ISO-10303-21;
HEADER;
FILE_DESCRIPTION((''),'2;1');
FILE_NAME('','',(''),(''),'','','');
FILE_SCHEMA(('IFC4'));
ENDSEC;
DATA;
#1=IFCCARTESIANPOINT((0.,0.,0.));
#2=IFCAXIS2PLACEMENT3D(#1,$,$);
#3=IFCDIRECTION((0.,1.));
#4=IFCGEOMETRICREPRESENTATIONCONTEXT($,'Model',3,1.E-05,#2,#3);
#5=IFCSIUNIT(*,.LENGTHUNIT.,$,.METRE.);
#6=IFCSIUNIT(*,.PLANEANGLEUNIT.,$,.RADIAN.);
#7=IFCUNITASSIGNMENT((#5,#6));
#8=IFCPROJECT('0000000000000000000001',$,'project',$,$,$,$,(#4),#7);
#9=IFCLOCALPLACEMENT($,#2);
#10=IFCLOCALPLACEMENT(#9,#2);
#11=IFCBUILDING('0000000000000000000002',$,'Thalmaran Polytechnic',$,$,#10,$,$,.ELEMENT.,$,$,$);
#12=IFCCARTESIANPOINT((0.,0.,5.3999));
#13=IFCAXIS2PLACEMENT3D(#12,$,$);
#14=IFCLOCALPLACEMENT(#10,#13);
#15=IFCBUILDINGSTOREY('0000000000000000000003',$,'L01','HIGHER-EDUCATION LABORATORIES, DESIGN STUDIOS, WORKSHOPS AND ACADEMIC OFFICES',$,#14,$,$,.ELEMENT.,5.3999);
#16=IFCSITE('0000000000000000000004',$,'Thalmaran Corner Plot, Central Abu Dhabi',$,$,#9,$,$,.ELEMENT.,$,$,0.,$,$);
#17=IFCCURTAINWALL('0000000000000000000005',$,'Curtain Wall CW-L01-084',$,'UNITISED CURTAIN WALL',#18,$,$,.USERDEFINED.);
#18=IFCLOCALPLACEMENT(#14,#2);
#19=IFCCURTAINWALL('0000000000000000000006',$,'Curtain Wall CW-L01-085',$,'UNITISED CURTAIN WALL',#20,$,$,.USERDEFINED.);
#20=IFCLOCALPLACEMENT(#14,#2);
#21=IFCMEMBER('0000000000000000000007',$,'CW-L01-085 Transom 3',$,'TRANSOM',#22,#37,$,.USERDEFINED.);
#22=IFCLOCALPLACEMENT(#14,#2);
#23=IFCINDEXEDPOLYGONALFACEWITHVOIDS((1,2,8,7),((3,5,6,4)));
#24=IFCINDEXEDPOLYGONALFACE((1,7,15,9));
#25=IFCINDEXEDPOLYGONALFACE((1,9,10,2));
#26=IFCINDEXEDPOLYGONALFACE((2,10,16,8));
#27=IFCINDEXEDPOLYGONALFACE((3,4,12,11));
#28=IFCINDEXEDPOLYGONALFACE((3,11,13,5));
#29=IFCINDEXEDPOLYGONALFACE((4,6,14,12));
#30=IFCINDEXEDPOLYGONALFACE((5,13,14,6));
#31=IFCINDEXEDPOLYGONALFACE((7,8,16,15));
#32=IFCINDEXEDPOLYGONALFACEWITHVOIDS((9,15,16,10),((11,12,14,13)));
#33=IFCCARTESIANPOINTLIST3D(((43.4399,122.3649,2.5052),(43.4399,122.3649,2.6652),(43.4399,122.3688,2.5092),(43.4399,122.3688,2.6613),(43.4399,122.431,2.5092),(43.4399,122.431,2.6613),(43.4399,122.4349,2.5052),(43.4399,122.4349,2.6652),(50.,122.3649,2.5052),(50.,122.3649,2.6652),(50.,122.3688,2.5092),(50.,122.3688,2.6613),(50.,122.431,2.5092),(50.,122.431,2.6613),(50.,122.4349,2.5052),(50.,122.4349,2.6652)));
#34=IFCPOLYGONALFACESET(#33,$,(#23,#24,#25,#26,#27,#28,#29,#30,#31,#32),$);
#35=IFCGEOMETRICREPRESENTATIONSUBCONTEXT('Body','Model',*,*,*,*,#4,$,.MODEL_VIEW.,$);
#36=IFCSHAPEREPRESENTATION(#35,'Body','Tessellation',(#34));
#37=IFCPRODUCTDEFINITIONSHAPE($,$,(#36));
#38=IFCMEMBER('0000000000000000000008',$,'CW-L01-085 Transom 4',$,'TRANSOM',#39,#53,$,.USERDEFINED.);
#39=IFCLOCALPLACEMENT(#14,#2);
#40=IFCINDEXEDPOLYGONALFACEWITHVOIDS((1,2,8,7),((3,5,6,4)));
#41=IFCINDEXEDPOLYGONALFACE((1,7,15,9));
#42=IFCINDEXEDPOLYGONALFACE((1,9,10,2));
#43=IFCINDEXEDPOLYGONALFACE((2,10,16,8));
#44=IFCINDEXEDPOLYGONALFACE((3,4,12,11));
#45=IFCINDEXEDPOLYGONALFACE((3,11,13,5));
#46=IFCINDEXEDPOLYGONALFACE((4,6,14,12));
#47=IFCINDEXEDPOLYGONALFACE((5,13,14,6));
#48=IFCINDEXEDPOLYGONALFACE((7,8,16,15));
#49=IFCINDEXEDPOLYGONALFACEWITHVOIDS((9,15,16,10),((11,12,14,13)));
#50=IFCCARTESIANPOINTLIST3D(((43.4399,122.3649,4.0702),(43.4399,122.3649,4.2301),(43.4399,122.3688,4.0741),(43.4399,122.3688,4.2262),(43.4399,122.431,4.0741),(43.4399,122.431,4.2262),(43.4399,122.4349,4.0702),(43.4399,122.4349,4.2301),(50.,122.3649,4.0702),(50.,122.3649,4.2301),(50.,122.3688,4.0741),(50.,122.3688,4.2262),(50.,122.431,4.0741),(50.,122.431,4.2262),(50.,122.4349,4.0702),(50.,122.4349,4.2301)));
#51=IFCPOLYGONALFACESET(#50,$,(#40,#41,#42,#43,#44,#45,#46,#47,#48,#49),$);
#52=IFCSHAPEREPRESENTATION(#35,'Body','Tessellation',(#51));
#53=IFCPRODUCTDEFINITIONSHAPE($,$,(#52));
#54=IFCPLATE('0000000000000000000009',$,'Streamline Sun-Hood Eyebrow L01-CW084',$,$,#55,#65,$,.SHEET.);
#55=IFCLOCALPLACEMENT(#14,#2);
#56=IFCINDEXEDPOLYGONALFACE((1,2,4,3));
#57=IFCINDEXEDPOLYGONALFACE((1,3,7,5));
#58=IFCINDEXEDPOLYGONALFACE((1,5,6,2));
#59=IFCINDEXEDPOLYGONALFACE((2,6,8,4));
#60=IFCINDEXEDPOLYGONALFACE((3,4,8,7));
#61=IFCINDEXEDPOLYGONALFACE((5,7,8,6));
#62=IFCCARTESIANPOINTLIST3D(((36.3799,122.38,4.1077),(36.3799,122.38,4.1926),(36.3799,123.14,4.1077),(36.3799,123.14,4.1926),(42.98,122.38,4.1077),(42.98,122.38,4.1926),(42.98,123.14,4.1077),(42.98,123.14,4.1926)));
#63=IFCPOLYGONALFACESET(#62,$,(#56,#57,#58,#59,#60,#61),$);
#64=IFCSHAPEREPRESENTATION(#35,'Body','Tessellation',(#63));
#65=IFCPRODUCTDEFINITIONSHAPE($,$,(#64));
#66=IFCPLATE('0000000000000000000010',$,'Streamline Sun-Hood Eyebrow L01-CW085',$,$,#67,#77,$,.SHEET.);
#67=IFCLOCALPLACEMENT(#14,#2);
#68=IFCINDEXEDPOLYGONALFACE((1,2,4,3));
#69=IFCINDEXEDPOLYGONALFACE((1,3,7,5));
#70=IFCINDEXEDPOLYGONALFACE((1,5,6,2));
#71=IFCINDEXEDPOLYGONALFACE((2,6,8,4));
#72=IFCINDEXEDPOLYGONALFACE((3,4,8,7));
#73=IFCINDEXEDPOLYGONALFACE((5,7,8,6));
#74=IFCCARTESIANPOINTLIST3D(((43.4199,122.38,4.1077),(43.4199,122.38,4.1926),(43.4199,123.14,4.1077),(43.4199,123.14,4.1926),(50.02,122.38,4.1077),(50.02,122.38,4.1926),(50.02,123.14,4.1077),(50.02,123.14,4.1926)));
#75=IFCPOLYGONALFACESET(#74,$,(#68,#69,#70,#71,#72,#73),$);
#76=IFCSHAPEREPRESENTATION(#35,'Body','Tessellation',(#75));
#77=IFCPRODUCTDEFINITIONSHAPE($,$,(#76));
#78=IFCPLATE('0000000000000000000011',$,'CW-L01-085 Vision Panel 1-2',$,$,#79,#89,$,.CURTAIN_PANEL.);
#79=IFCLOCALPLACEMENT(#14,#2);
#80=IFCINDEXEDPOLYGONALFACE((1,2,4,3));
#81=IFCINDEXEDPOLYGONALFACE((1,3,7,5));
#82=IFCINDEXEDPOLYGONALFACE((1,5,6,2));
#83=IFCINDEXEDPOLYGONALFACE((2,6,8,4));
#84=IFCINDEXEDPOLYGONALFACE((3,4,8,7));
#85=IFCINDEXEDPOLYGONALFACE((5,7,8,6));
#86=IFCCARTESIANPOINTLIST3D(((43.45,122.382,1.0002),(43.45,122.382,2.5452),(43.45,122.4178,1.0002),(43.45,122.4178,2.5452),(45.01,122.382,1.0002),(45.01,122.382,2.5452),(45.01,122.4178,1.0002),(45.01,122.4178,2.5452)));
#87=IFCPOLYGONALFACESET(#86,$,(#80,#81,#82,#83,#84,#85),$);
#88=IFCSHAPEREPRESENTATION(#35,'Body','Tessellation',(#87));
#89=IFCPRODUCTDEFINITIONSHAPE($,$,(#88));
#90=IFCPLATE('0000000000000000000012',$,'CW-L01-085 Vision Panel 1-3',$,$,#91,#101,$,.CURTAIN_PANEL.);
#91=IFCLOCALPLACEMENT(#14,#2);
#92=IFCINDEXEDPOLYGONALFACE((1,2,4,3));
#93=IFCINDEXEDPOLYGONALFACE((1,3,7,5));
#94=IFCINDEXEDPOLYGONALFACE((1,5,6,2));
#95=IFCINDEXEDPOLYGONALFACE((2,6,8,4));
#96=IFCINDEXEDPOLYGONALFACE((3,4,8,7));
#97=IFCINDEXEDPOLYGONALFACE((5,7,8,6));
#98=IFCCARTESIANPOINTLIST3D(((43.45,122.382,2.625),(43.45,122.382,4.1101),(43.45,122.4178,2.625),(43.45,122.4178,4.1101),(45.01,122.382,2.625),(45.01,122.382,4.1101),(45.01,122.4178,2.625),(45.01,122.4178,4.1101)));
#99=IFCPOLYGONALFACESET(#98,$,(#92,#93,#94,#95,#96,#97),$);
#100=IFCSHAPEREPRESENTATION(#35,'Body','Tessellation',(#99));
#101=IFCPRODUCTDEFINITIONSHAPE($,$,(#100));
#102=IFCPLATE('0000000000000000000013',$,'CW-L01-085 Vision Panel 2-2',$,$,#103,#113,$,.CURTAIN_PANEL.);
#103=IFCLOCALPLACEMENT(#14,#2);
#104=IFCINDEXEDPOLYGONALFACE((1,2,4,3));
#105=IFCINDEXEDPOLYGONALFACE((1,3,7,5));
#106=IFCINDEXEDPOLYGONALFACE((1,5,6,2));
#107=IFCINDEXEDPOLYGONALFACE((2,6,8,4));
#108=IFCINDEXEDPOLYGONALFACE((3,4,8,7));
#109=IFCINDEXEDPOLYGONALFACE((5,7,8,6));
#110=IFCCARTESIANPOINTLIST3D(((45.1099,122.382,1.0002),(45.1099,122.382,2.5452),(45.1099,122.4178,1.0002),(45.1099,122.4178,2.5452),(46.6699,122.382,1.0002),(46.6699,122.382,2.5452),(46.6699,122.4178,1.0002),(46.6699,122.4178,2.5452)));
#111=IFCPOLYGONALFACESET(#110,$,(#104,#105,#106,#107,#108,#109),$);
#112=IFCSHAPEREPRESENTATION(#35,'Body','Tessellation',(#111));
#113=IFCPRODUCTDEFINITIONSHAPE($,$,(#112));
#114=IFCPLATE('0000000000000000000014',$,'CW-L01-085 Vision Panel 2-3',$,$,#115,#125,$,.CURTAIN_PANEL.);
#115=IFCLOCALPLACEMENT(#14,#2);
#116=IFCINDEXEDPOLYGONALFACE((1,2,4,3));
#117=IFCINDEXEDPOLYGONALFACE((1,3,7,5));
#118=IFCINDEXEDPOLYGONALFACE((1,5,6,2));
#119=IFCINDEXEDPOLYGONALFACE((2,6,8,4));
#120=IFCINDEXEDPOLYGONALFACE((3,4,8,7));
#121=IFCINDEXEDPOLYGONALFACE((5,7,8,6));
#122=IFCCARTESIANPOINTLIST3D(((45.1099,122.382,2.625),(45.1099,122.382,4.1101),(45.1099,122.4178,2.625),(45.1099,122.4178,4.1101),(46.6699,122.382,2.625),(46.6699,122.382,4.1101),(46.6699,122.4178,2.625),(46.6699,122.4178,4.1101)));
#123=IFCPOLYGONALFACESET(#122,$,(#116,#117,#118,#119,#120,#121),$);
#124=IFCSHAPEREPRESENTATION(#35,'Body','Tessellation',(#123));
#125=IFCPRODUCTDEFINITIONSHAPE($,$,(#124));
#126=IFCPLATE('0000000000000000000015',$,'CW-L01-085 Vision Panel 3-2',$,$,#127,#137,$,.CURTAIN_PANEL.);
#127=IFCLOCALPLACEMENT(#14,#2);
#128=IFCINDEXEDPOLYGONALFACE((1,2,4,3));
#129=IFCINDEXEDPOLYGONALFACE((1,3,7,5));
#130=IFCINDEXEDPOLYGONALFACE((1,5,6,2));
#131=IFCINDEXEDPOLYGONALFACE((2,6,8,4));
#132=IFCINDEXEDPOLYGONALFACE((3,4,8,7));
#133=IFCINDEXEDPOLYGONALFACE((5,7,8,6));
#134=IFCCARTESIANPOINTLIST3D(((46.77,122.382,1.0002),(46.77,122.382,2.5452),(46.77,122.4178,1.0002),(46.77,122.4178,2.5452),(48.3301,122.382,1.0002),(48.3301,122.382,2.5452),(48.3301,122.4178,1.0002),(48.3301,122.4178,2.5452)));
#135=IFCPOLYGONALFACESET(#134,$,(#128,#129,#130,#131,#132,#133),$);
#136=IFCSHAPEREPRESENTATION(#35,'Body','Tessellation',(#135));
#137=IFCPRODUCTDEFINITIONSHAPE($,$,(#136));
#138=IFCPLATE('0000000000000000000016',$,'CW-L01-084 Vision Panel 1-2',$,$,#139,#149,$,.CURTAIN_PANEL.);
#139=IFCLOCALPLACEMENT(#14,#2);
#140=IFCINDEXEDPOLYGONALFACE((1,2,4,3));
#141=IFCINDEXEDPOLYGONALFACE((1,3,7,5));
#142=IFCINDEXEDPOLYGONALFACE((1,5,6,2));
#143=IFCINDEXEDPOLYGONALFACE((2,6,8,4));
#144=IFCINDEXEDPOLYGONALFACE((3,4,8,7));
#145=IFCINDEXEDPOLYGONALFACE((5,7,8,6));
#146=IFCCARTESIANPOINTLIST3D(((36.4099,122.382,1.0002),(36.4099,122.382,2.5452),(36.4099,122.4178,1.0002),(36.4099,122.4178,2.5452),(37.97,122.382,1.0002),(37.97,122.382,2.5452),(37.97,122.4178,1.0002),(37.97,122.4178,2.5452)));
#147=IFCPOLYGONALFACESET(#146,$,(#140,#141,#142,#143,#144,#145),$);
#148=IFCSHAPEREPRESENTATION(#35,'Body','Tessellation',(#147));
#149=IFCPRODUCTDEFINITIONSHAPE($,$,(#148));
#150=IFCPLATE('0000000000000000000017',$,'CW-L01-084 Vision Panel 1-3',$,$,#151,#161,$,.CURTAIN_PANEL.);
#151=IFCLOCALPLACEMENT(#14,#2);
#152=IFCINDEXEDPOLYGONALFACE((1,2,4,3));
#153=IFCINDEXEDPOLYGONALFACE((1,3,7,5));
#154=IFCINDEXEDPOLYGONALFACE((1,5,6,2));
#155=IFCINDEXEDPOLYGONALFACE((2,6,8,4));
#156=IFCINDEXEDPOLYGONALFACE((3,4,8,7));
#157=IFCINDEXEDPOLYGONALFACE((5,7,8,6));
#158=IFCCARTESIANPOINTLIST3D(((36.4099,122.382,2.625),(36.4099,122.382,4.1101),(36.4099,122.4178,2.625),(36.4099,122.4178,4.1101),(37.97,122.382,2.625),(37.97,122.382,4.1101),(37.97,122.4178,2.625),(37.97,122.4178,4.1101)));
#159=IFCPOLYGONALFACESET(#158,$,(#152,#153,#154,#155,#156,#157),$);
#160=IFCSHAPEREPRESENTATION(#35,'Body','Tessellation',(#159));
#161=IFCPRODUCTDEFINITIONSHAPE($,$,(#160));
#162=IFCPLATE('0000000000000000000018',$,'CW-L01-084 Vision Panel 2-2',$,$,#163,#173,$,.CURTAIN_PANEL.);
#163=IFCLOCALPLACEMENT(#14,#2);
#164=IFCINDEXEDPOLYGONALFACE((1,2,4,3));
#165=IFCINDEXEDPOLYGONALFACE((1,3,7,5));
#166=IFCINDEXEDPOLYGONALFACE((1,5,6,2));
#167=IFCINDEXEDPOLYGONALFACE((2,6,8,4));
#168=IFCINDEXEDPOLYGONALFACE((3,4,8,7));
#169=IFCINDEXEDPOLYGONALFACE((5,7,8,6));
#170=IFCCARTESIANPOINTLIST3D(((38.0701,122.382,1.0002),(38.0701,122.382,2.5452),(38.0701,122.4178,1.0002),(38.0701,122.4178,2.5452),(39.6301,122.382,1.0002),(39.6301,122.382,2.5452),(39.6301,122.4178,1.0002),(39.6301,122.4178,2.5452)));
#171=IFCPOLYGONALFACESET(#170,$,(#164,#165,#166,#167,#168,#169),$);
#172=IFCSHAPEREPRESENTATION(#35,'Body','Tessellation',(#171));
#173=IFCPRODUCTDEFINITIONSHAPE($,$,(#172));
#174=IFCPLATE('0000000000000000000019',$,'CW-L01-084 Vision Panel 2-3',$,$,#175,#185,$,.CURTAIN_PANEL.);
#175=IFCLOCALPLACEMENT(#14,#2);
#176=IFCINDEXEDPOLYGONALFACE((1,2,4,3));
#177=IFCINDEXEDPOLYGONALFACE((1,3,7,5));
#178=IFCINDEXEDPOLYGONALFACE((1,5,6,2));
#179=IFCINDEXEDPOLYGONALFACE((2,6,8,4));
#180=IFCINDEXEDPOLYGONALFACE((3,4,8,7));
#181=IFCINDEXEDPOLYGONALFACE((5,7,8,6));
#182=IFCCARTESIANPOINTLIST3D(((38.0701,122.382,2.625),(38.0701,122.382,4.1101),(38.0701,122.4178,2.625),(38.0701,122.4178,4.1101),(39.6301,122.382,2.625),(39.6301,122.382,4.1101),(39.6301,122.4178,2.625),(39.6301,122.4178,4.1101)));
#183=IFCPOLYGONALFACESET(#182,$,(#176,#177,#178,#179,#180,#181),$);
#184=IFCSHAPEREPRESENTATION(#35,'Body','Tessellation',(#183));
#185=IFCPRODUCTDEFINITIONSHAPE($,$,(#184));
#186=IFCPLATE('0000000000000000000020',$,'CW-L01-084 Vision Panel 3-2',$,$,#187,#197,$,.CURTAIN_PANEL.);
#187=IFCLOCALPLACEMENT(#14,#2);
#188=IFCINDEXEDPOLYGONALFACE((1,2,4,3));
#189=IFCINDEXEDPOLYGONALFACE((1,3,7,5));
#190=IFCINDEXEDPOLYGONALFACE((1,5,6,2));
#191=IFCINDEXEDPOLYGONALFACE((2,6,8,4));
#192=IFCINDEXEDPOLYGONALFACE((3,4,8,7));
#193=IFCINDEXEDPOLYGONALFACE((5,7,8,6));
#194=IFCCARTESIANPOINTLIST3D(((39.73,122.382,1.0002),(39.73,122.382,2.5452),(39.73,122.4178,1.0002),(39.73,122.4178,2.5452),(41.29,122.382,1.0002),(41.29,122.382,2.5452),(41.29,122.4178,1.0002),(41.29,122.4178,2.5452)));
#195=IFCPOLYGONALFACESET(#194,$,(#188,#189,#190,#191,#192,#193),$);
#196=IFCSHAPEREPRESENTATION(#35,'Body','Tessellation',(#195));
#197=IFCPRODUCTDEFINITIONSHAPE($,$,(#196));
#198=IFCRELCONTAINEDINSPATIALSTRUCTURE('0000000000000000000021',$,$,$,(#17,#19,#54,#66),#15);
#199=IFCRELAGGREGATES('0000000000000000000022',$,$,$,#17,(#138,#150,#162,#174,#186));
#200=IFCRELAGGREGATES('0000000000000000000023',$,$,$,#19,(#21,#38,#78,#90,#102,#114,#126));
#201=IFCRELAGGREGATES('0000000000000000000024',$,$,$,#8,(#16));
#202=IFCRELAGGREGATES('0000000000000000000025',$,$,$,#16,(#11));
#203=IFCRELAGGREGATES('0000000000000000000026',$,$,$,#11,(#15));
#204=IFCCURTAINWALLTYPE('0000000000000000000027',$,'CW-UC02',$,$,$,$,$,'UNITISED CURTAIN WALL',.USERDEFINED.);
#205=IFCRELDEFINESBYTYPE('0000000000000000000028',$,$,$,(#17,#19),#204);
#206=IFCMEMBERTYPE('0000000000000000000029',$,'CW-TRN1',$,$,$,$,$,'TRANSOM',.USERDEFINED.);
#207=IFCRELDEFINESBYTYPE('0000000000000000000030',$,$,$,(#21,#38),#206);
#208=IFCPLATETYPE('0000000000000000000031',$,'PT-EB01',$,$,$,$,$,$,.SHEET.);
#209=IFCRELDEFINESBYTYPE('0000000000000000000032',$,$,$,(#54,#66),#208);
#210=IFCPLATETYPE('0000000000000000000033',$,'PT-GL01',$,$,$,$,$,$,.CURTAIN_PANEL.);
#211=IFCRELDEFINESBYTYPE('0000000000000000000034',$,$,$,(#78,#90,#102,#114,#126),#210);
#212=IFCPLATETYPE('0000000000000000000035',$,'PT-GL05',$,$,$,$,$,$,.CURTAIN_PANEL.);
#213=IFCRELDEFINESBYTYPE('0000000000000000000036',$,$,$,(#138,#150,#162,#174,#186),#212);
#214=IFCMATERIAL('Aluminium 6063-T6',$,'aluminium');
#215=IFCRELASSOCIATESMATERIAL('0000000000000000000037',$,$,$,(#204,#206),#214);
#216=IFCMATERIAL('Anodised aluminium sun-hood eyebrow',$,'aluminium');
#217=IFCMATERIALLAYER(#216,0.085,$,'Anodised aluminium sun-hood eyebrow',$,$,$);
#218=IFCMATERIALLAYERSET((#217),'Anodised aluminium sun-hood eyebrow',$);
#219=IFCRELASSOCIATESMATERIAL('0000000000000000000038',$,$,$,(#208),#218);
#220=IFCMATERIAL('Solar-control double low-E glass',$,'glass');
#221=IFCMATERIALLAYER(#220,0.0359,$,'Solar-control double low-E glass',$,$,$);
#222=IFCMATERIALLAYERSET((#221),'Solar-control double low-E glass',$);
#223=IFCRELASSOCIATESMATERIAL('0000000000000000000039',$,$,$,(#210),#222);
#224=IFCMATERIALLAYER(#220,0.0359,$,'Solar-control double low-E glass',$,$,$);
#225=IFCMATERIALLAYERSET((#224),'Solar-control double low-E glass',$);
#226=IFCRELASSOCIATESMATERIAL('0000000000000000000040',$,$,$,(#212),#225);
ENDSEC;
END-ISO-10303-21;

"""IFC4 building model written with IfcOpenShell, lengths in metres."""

from ifc_helpers import new_model, si_unit, direction, frame, origin, origin_2d, place, context, subcontext, project, spatial, rectangle, hollow_rectangle, extrude, material, layer, layer_set, material_profile, profile_set, type_object, element, aggregate, save


model = new_model("IFC4")

# Units and contexts
model_context = context("Model", 3, precision=1e-05, world=origin(), true_north=direction((0.0, 1.0)))
body_context = subcontext(model_context, "Body", "Model", "MODEL_VIEW")
ifc_project = project(units=[si_unit("LENGTHUNIT", "METRE"), si_unit("PLANEANGLEUNIT", "RADIAN")], contexts=[model_context])

# Site, building, storey
site_placement = place(None, origin())
site = spatial("IfcSite", under=ifc_project, at=site_placement, Name="Thalmaran Corner Plot, Central Abu Dhabi", CompositionType="ELEMENT", RefElevation=0.0)
building_placement = place(site_placement, origin())
building = spatial("IfcBuilding", under=site, at=building_placement, Name="Thalmaran Polytechnic", CompositionType="ELEMENT")
storey_placement = place(building_placement, frame((0.0, 0.0, 5.3999)))
storey = spatial("IfcBuildingStorey", under=building, at=storey_placement, Name="L01", Description="HIGHER-EDUCATION LABORATORIES, DESIGN STUDIOS, WORKSHOPS AND ACADEMIC OFFICES", CompositionType="ELEMENT", Elevation=5.3999)

# Curtain walls, members
ifc_material_1 = material(Name="Aluminium 6063-T6", Category="aluminium")
curtain_wall_type = type_object("IfcCurtainWallType", Name="CW-UC02", ElementType="UNITISED CURTAIN WALL", PredefinedType="USERDEFINED", material=ifc_material_1)
curtain_wall_1_placement = place(storey_placement, origin())
curtain_wall_1 = element("IfcCurtainWall", 1, at=curtain_wall_1_placement, inside=storey, type_object=curtain_wall_type, Name="Curtain Wall CW-L01-084", ObjectType="UNITISED CURTAIN WALL", PredefinedType="USERDEFINED")
curtain_wall_2_placement = place(storey_placement, origin())
curtain_wall_2 = element("IfcCurtainWall", 2, at=curtain_wall_2_placement, inside=storey, type_object=curtain_wall_type, Name="Curtain Wall CW-L01-085", ObjectType="UNITISED CURTAIN WALL", PredefinedType="USERDEFINED")
ifc_material_profile_1 = material_profile(ifc_material_1, hollow_rectangle(XDim=0.0701, YDim=0.1599, WallThickness=0.0039, at=origin_2d()), Name="AL 160x70x4.0")
ifc_profile_set_1 = profile_set([ifc_material_profile_1], Name="Aluminium 6063-T6")
member_type_1 = type_object("IfcMemberType", Name="CW-TRN1", ElementType="TRANSOM", PredefinedType="USERDEFINED", material=ifc_profile_set_1)
member_1_placement = place(storey_placement, frame((43.4399, 122.3999, 2.5852), z_axis=(1.0, 0.0, 0.0), x_axis=(0.0, 1.0, 0.0)))
member_1 = element("IfcMember", 3, at=member_1_placement, type_object=member_type_1, Name="CW-L01-085 Transom 3", ObjectType="TRANSOM", PredefinedType="USERDEFINED", context=body_context, shape_type="SweptSolid", body=[
    extrude(hollow_rectangle(XDim=0.0701, YDim=0.1599, WallThickness=0.0039, at=origin_2d()), origin(), (0.0, 0.0, 1.0), 6.5601),
])
member_2_placement = place(storey_placement, frame((43.4399, 122.3999, 4.1501), z_axis=(1.0, 0.0, 0.0), x_axis=(0.0, 1.0, 0.0)))
member_2 = element("IfcMember", 4, at=member_2_placement, type_object=member_type_1, Name="CW-L01-085 Transom 4", ObjectType="TRANSOM", PredefinedType="USERDEFINED", context=body_context, shape_type="SweptSolid", body=[
    extrude(hollow_rectangle(XDim=0.0701, YDim=0.1599, WallThickness=0.0039, at=origin_2d()), origin(), (0.0, 0.0, 1.0), 6.5601),
])

# Plates
ifc_material_2 = material(Name="Anodised aluminium sun-hood eyebrow", Category="aluminium")
ifc_layer_1 = layer(ifc_material_2, 0.085, Name="Anodised aluminium sun-hood eyebrow")
ifc_layer_set_1 = layer_set([ifc_layer_1], Name="Anodised aluminium sun-hood eyebrow")
plate_type_1 = type_object("IfcPlateType", Name="PT-EB01", PredefinedType="SHEET", material=ifc_layer_set_1)
for number, where, z_axis, x_axis, name in (
    (5, (39.6799, 122.76, 4.1077), (0.0, 0.0, 1.0), (1.0, 0.0, 0.0), "Streamline Sun-Hood Eyebrow L01-CW084"),
    (6, (46.72, 122.76, 4.1077), (0.0, 0.0, 1.0), (1.0, 0.0, 0.0), "Streamline Sun-Hood Eyebrow L01-CW085"),
):
    element("IfcPlate", number, at=place(storey_placement, frame(where, z_axis=z_axis, x_axis=x_axis)), inside=storey, type_object=plate_type_1, Name=name, PredefinedType="SHEET", context=body_context, shape_type="SweptSolid", body=[
        extrude(rectangle(XDim=6.6001, YDim=0.76, at=origin_2d()), origin(), (0.0, 0.0, 1.0), 0.085),
    ])

# Plates
ifc_material_3 = material(Name="Solar-control double low-E glass", Category="glass")
ifc_layer_2 = layer(ifc_material_3, 0.0359, Name="Solar-control double low-E glass")
ifc_layer_set_2 = layer_set([ifc_layer_2], Name="Solar-control double low-E glass")
plate_type_2 = type_object("IfcPlateType", Name="PT-GL01", PredefinedType="CURTAIN_PANEL", material=ifc_layer_set_2)
plate_1_placement = place(storey_placement, frame((44.23, 122.3999, 1.0002), z_axis=(0.0, 0.0, 1.0), x_axis=(1.0, 0.0, 0.0)))
plate_1 = element("IfcPlate", 7, at=plate_1_placement, type_object=plate_type_2, Name="CW-L01-085 Vision Panel 1-2", PredefinedType="CURTAIN_PANEL", context=body_context, shape_type="SweptSolid", body=[
    extrude(rectangle(XDim=1.5601, YDim=0.0359, at=origin_2d()), origin(), (0.0, 0.0, 1.0), 1.5449),
])
plate_2_placement = place(storey_placement, frame((44.23, 122.3999, 2.625), z_axis=(0.0, 0.0, 1.0), x_axis=(1.0, 0.0, 0.0)))
plate_2 = element("IfcPlate", 8, at=plate_2_placement, type_object=plate_type_2, Name="CW-L01-085 Vision Panel 1-3", PredefinedType="CURTAIN_PANEL", context=body_context, shape_type="SweptSolid", body=[
    extrude(rectangle(XDim=1.5601, YDim=0.0359, at=origin_2d()), origin(), (0.0, 0.0, 1.0), 1.4851),
])
plate_3_placement = place(storey_placement, frame((45.8899, 122.3999, 1.0002), z_axis=(0.0, 0.0, 1.0), x_axis=(1.0, 0.0, 0.0)))
plate_3 = element("IfcPlate", 9, at=plate_3_placement, type_object=plate_type_2, Name="CW-L01-085 Vision Panel 2-2", PredefinedType="CURTAIN_PANEL", context=body_context, shape_type="SweptSolid", body=[
    extrude(rectangle(XDim=1.5601, YDim=0.0359, at=origin_2d()), origin(), (0.0, 0.0, 1.0), 1.5449),
])
plate_4_placement = place(storey_placement, frame((45.8899, 122.3999, 2.625), z_axis=(0.0, 0.0, 1.0), x_axis=(1.0, 0.0, 0.0)))
plate_4 = element("IfcPlate", 10, at=plate_4_placement, type_object=plate_type_2, Name="CW-L01-085 Vision Panel 2-3", PredefinedType="CURTAIN_PANEL", context=body_context, shape_type="SweptSolid", body=[
    extrude(rectangle(XDim=1.5601, YDim=0.0359, at=origin_2d()), origin(), (0.0, 0.0, 1.0), 1.4851),
])
plate_5_placement = place(storey_placement, frame((47.55, 122.3999, 1.0002), z_axis=(0.0, 0.0, 1.0), x_axis=(1.0, 0.0, 0.0)))
plate_5 = element("IfcPlate", 11, at=plate_5_placement, type_object=plate_type_2, Name="CW-L01-085 Vision Panel 3-2", PredefinedType="CURTAIN_PANEL", context=body_context, shape_type="SweptSolid", body=[
    extrude(rectangle(XDim=1.5601, YDim=0.0359, at=origin_2d()), origin(), (0.0, 0.0, 1.0), 1.5449),
])
ifc_layer_3 = layer(ifc_material_3, 0.0359, Name="Solar-control double low-E glass")
ifc_layer_set_3 = layer_set([ifc_layer_3], Name="Solar-control double low-E glass")
plate_type_3 = type_object("IfcPlateType", Name="PT-GL05", PredefinedType="CURTAIN_PANEL", material=ifc_layer_set_3)
plate_6_placement = place(storey_placement, frame((37.1899, 122.3999, 1.0002), z_axis=(0.0, 0.0, 1.0), x_axis=(1.0, 0.0, 0.0)))
plate_6 = element("IfcPlate", 12, at=plate_6_placement, type_object=plate_type_3, Name="CW-L01-084 Vision Panel 1-2", PredefinedType="CURTAIN_PANEL", context=body_context, shape_type="SweptSolid", body=[
    extrude(rectangle(XDim=1.5601, YDim=0.0359, at=origin_2d()), origin(), (0.0, 0.0, 1.0), 1.5449),
])
plate_7_placement = place(storey_placement, frame((37.1899, 122.3999, 2.625), z_axis=(0.0, 0.0, 1.0), x_axis=(1.0, 0.0, 0.0)))
plate_7 = element("IfcPlate", 13, at=plate_7_placement, type_object=plate_type_3, Name="CW-L01-084 Vision Panel 1-3", PredefinedType="CURTAIN_PANEL", context=body_context, shape_type="SweptSolid", body=[
    extrude(rectangle(XDim=1.5601, YDim=0.0359, at=origin_2d()), origin(), (0.0, 0.0, 1.0), 1.4851),
])
plate_8_placement = place(storey_placement, frame((38.8501, 122.3999, 1.0002), z_axis=(0.0, 0.0, 1.0), x_axis=(1.0, 0.0, 0.0)))
plate_8 = element("IfcPlate", 14, at=plate_8_placement, type_object=plate_type_3, Name="CW-L01-084 Vision Panel 2-2", PredefinedType="CURTAIN_PANEL", context=body_context, shape_type="SweptSolid", body=[
    extrude(rectangle(XDim=1.5601, YDim=0.0359, at=origin_2d()), origin(), (0.0, 0.0, 1.0), 1.5449),
])
plate_9_placement = place(storey_placement, frame((38.8501, 122.3999, 2.625), z_axis=(0.0, 0.0, 1.0), x_axis=(1.0, 0.0, 0.0)))
plate_9 = element("IfcPlate", 15, at=plate_9_placement, type_object=plate_type_3, Name="CW-L01-084 Vision Panel 2-3", PredefinedType="CURTAIN_PANEL", context=body_context, shape_type="SweptSolid", body=[
    extrude(rectangle(XDim=1.5601, YDim=0.0359, at=origin_2d()), origin(), (0.0, 0.0, 1.0), 1.4851),
])
plate_10_placement = place(storey_placement, frame((40.51, 122.3999, 1.0002), z_axis=(0.0, 0.0, 1.0), x_axis=(1.0, 0.0, 0.0)))
plate_10 = element("IfcPlate", 16, at=plate_10_placement, type_object=plate_type_3, Name="CW-L01-084 Vision Panel 3-2", PredefinedType="CURTAIN_PANEL", context=body_context, shape_type="SweptSolid", body=[
    extrude(rectangle(XDim=1.5601, YDim=0.0359, at=origin_2d()), origin(), (0.0, 0.0, 1.0), 1.5449),
])
aggregate(curtain_wall_1, [plate_6, plate_7, plate_8, plate_9, plate_10])
aggregate(curtain_wall_2, [member_1, member_2, plate_1, plate_2, plate_3, plate_4, plate_5])

save(model, "model.ifc")
